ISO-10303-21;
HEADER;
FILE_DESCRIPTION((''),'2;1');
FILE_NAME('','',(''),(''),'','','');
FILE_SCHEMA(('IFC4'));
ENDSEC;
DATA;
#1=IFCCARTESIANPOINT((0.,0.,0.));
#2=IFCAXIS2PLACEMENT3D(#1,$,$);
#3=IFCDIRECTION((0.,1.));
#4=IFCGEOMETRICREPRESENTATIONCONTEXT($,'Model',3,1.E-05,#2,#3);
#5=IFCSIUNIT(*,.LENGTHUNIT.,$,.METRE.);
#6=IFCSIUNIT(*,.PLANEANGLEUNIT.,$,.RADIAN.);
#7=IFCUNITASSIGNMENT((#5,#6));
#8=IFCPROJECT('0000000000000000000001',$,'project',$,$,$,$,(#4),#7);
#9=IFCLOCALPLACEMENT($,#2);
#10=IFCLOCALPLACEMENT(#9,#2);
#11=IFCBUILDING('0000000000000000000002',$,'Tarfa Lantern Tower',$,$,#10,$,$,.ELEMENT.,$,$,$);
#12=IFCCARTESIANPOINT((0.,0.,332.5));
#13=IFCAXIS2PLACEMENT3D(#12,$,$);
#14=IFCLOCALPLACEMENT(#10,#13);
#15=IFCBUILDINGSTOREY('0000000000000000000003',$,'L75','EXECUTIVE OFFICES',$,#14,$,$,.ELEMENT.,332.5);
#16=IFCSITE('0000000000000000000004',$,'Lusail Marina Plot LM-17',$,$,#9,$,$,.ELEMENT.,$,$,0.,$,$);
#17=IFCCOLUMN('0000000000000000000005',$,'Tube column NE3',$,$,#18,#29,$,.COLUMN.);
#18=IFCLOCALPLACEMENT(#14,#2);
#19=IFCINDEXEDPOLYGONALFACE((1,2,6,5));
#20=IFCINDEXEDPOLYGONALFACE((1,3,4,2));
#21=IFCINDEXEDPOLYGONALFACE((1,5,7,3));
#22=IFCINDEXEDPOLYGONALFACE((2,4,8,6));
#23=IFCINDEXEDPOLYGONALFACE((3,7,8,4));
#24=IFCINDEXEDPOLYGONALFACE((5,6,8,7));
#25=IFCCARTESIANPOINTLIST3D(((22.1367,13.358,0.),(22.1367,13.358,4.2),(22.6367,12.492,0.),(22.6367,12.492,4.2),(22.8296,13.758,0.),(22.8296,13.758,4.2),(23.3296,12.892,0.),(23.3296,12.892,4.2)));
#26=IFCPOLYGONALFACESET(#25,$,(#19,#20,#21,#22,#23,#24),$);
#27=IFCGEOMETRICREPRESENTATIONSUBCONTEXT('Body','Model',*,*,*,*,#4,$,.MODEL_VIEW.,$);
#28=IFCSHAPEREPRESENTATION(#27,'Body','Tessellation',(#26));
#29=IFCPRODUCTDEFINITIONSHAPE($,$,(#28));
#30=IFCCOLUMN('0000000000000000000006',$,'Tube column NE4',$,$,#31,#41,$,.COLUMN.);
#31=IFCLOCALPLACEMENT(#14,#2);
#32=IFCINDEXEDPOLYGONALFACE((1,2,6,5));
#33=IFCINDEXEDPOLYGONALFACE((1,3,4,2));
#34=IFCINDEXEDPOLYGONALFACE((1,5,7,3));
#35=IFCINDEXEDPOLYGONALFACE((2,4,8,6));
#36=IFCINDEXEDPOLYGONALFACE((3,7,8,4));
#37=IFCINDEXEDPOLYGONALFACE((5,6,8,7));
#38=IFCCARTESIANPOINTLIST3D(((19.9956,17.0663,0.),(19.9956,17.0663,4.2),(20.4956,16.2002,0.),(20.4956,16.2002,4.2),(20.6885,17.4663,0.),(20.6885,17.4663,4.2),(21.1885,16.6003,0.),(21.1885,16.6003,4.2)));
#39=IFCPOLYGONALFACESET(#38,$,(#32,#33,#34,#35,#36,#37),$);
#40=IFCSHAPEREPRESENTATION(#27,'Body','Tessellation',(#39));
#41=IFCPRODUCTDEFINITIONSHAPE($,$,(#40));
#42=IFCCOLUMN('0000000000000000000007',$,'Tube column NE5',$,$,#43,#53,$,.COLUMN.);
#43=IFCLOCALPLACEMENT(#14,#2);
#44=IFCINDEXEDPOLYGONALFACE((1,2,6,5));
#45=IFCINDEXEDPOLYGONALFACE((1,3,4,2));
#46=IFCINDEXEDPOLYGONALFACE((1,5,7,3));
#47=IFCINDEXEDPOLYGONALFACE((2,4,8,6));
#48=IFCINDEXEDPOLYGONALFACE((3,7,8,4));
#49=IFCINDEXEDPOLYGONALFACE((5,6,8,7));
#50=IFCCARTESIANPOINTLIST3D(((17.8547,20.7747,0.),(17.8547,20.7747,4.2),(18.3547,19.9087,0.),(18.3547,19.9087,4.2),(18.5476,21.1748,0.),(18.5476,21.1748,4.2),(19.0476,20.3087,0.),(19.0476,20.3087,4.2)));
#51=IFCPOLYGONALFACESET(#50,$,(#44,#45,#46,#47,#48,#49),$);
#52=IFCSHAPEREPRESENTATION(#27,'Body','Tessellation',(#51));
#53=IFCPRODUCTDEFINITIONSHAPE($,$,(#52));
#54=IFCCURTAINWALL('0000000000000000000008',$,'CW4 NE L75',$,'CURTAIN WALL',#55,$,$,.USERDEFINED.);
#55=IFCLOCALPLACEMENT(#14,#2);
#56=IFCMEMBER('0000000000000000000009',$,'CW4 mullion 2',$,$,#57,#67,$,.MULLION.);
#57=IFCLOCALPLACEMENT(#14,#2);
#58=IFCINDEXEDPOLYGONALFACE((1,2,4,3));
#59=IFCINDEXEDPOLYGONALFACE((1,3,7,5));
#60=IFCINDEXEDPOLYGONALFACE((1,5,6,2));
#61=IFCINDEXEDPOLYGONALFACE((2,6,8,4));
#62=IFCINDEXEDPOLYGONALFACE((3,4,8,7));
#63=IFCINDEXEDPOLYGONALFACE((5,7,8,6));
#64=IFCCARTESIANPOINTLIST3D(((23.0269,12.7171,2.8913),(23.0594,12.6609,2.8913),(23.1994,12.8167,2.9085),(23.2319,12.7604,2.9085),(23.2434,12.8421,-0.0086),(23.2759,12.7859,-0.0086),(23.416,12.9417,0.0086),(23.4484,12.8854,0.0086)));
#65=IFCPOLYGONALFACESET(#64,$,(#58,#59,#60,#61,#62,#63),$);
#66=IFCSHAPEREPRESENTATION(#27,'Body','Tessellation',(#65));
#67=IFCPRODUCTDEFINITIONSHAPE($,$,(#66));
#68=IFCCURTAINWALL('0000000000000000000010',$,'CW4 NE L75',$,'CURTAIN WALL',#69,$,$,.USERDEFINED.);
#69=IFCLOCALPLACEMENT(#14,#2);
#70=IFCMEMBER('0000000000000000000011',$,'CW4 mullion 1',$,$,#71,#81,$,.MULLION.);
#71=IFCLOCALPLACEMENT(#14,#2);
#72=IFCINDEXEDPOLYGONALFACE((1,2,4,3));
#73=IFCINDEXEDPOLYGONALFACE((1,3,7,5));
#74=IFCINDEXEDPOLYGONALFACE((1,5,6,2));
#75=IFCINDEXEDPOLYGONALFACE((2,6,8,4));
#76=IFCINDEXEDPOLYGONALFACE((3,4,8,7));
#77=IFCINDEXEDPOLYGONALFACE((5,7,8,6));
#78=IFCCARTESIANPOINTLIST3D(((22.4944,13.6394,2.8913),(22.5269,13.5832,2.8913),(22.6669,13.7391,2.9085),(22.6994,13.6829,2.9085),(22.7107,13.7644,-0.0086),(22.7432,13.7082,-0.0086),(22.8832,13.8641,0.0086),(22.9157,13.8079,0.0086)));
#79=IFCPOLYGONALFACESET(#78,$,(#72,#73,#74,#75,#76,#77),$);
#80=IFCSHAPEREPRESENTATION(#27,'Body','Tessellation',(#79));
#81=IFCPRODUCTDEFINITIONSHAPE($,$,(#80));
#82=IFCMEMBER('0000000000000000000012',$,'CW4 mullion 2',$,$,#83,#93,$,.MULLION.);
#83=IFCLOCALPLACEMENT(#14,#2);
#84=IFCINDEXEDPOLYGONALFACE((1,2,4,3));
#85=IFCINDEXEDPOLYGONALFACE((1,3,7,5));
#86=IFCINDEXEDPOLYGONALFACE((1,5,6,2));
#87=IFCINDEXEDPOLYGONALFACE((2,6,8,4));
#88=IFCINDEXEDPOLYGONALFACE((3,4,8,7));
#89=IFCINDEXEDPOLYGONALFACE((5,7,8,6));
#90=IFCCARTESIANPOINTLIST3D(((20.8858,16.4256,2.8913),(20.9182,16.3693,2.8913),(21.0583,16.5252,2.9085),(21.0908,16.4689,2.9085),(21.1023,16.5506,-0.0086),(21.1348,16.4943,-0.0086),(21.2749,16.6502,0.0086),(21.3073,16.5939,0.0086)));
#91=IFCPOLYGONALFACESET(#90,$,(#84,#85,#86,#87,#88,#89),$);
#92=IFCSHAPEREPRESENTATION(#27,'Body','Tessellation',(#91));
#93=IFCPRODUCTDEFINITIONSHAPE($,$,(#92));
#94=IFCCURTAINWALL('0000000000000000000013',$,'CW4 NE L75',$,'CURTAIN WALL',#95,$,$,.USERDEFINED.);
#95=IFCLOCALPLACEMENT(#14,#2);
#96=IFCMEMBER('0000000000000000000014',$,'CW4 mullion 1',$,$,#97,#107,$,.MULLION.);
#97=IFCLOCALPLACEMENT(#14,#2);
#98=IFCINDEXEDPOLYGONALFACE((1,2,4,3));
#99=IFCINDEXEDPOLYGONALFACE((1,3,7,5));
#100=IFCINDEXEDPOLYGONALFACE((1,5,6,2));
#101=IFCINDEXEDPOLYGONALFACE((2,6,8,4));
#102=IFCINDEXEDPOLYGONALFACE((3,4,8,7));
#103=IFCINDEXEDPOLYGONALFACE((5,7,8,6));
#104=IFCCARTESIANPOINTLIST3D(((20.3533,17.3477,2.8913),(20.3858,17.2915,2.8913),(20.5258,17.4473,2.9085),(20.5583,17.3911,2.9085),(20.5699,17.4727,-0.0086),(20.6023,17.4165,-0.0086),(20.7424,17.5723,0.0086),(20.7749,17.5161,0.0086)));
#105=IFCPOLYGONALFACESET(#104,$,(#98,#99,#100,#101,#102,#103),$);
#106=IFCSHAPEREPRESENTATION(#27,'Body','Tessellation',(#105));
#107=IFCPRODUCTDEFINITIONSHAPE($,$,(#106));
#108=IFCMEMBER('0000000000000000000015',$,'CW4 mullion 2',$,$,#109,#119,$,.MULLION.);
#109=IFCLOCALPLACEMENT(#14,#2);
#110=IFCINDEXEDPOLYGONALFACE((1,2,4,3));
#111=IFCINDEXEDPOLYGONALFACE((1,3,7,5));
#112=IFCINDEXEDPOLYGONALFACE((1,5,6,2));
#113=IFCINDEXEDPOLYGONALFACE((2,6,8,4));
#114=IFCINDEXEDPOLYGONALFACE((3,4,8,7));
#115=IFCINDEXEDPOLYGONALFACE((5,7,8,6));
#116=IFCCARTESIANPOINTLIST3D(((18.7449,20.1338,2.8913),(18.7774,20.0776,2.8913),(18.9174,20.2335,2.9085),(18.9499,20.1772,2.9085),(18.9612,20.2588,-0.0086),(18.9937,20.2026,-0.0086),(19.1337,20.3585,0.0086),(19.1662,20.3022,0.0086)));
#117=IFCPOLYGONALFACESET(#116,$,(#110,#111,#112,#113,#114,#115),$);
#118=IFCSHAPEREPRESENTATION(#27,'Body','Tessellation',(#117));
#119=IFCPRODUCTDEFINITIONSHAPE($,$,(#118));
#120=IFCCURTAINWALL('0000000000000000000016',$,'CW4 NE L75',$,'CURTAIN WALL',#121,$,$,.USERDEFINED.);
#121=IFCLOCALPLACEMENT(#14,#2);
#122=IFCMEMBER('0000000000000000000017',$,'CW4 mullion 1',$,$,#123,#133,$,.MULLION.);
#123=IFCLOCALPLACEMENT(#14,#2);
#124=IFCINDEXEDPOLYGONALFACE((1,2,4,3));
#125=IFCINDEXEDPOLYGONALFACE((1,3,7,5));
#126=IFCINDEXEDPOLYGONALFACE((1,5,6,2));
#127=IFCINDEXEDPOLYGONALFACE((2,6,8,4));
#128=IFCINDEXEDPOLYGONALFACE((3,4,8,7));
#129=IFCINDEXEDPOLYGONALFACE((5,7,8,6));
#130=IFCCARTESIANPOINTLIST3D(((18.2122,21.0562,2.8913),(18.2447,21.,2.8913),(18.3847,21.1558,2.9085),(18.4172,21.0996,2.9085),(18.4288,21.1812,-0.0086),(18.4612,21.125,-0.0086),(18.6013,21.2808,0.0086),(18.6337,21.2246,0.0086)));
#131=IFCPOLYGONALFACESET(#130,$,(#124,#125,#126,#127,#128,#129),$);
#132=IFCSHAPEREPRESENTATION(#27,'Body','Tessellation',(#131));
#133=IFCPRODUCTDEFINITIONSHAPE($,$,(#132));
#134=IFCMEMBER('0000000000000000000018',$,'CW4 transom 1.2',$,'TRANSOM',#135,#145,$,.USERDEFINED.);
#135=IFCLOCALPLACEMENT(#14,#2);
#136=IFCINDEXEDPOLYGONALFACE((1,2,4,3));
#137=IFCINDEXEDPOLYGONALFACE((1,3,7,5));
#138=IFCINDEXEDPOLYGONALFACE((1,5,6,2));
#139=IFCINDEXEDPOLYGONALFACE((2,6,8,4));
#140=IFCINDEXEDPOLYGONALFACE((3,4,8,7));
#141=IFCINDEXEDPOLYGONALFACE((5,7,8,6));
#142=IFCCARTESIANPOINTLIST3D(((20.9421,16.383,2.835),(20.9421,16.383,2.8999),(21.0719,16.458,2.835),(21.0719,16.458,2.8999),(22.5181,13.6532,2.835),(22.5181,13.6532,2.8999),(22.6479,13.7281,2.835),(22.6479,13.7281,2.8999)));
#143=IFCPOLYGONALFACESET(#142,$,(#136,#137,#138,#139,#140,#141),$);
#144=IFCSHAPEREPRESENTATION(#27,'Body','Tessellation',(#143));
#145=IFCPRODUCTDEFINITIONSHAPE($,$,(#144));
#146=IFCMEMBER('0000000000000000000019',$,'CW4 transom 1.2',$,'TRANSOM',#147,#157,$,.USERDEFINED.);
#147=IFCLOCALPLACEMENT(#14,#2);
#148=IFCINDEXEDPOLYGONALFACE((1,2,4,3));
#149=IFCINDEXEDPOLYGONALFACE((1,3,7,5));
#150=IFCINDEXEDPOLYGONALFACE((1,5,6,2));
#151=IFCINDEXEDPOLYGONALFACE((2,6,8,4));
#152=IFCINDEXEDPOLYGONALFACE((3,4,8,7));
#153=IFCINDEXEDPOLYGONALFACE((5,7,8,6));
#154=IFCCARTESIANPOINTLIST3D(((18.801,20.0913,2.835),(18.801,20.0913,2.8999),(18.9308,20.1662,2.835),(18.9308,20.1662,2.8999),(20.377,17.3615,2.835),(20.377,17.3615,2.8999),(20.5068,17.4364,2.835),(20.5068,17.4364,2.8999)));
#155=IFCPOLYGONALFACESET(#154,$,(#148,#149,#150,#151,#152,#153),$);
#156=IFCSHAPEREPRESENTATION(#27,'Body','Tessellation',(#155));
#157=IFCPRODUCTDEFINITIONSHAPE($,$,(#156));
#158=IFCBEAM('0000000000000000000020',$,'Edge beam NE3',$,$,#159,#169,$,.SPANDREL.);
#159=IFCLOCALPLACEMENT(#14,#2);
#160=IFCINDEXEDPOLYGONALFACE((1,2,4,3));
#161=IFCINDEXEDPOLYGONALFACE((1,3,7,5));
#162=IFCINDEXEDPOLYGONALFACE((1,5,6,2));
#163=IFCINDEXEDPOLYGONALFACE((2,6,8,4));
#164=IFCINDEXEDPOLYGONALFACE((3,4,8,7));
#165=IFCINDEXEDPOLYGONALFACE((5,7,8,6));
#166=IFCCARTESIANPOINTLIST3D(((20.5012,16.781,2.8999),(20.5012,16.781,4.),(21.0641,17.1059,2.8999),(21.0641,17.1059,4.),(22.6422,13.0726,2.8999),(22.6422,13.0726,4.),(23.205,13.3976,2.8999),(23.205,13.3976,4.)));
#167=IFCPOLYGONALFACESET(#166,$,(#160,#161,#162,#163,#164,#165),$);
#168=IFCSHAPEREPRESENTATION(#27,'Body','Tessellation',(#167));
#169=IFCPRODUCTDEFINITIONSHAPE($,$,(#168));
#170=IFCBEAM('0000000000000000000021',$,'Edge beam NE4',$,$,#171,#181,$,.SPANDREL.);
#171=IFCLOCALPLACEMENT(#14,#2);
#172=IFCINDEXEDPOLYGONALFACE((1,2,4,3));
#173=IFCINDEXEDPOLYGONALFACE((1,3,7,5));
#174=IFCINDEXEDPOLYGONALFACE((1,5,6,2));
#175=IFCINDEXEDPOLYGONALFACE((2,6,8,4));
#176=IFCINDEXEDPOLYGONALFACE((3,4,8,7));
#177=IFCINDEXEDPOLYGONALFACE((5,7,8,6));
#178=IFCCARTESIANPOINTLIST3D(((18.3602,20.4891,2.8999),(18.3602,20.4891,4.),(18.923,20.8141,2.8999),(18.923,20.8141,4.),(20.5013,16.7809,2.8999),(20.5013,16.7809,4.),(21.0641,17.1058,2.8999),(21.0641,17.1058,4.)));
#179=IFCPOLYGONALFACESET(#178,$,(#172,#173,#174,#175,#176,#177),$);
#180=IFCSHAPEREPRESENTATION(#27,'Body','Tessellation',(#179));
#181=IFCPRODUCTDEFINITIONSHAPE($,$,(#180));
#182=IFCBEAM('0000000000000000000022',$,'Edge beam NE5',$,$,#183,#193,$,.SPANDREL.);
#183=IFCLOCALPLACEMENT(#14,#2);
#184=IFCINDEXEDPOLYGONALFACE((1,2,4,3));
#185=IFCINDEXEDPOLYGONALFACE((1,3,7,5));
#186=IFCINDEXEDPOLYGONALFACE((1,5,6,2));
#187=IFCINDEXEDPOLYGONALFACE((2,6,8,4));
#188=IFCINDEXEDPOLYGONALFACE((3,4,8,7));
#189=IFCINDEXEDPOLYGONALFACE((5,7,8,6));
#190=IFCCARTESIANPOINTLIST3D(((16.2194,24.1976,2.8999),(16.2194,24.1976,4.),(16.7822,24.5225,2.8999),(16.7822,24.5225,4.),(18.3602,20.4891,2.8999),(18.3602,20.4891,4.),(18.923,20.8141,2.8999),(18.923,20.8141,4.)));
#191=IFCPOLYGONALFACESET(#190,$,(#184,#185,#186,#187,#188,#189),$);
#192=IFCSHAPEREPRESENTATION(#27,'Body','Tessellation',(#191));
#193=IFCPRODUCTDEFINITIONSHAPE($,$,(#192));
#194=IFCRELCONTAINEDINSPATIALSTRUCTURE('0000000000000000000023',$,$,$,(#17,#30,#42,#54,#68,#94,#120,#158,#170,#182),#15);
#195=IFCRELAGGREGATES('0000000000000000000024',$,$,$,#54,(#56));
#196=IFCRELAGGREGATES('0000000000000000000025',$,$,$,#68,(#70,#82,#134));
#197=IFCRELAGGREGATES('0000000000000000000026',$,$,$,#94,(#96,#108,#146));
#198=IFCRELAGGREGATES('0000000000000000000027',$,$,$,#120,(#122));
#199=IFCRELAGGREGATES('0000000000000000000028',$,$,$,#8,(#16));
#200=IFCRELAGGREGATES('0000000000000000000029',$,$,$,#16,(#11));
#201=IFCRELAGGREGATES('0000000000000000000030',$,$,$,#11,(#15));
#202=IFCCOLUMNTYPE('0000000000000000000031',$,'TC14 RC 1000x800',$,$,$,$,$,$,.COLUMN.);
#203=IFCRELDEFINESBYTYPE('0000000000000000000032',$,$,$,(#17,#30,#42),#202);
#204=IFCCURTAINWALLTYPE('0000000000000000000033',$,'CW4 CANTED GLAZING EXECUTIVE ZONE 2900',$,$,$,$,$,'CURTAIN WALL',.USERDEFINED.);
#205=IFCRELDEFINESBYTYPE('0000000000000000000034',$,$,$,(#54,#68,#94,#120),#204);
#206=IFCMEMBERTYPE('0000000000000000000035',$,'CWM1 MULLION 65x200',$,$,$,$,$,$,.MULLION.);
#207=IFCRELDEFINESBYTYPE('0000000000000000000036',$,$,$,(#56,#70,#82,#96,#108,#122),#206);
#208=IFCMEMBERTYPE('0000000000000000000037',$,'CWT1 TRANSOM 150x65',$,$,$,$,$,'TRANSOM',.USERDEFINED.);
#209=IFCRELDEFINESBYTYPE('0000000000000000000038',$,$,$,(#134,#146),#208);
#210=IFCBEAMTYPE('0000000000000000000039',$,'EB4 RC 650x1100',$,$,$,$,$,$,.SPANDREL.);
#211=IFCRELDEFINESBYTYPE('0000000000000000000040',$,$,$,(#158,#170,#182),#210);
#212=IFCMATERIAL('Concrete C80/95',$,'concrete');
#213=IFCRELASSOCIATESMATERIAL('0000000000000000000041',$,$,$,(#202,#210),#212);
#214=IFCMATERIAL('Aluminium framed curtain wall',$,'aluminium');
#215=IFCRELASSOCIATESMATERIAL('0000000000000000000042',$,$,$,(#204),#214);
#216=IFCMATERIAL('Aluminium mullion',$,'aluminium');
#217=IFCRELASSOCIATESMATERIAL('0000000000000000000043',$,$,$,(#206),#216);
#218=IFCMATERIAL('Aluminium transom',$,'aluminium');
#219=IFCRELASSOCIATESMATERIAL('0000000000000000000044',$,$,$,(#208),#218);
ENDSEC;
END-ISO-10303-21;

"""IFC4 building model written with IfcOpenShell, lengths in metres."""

from ifc_helpers import new_model, si_unit, direction, frame, origin, origin_2d, place, context, subcontext, project, spatial, rectangle, extrude, material, material_profile, profile_set, type_object, element, aggregate, save


model = new_model("IFC4")

# Units and contexts
model_context = context("Model", 3, precision=1e-05, world=origin(), true_north=direction((0.0, 1.0)))
body_context = subcontext(model_context, "Body", "Model", "MODEL_VIEW")
ifc_project = project(units=[si_unit("LENGTHUNIT", "METRE"), si_unit("PLANEANGLEUNIT", "RADIAN")], contexts=[model_context])

# Site, building, storey
site_placement = place(None, origin())
site = spatial("IfcSite", under=ifc_project, at=site_placement, Name="Lusail Marina Plot LM-17", CompositionType="ELEMENT", RefElevation=0.0)
building_placement = place(site_placement, origin())
building = spatial("IfcBuilding", under=site, at=building_placement, Name="Tarfa Lantern Tower", CompositionType="ELEMENT")
storey_placement = place(building_placement, frame((0.0, 0.0, 332.5)))
storey = spatial("IfcBuildingStorey", under=building, at=storey_placement, Name="L75", Description="EXECUTIVE OFFICES", CompositionType="ELEMENT", Elevation=332.5)

# Columns
ifc_material_1 = material(Name="Concrete C80/95", Category="concrete")
ifc_material_profile_1 = material_profile(ifc_material_1, rectangle(XDim=1.0, YDim=0.8, at=origin_2d()), Name="RC 1000x800")
ifc_profile_set_1 = profile_set([ifc_material_profile_1], Name="Concrete C80/95")
column_type = type_object("IfcColumnType", Name="TC14 RC 1000x800", PredefinedType="COLUMN", material=ifc_profile_set_1)
for number, where, z_axis, x_axis, name in (
    (1, (22.7332, 13.125, 0.0), (0.0, 0.0, 1.0), (-0.5, 0.866025, 0.0), "Tube column NE3"),
    (2, (20.592, 16.8333, 0.0), (0.0, 0.0, 1.0), (-0.5, 0.866025, 0.0), "Tube column NE4"),
    (3, (18.4512, 20.5417, 0.0), (0.0, 0.0, 1.0), (-0.5, 0.866025, 0.0), "Tube column NE5"),
):
    element("IfcColumn", number, at=place(storey_placement, frame(where, z_axis=z_axis, x_axis=x_axis)), inside=storey, type_object=column_type, Name=name, PredefinedType="COLUMN", context=body_context, shape_type="SweptSolid", body=[
        extrude(rectangle(XDim=1.0, YDim=0.8, at=origin_2d()), origin(), (0.0, 0.0, 1.0), 4.2),
    ])

# Curtain wall, member
ifc_material_2 = material(Name="Aluminium framed curtain wall", Category="aluminium")
curtain_wall_type = type_object("IfcCurtainWallType", Name="CW4 CANTED GLAZING EXECUTIVE ZONE 2900", ElementType="CURTAIN WALL", PredefinedType="USERDEFINED", material=ifc_material_2)
curtain_wall_1_placement = place(storey_placement, origin())
curtain_wall_1 = element("IfcCurtainWall", 4, at=curtain_wall_1_placement, inside=storey, type_object=curtain_wall_type, Name="CW4 NE L75", ObjectType="CURTAIN WALL", PredefinedType="USERDEFINED")
ifc_material_3 = material(Name="Aluminium mullion", Category="aluminium")
ifc_material_profile_2 = material_profile(ifc_material_3, rectangle(XDim=0.0649, YDim=0.2, at=origin_2d()), Name="AL MULLION 65x200")
ifc_profile_set_2 = profile_set([ifc_material_profile_2], Name="Aluminium mullion")
member_type_1 = type_object("IfcMemberType", Name="CWM1 MULLION 65x200", PredefinedType="MULLION", material=ifc_profile_set_2)
member_1_placement = place(storey_placement, frame((23.3459, 12.8638, 0.0), z_axis=(-0.0744, -0.042946, 0.996303), x_axis=(0.49992, -0.866072, 0.0)))
member_1 = element("IfcMember", 5, at=member_1_placement, type_object=member_type_1, Name="CW4 mullion 2", PredefinedType="MULLION", context=body_context, shape_type="SweptSolid", body=[
    extrude(rectangle(XDim=0.0649, YDim=0.2, at=origin_2d()), origin(), (0.0, 0.0, 1.0), 2.9106),
])
aggregate(curtain_wall_1, [member_1])

# Curtain walls, members
curtain_wall_2_placement = place(storey_placement, origin())
curtain_wall_2 = element("IfcCurtainWall", 6, at=curtain_wall_2_placement, inside=storey, type_object=curtain_wall_type, Name="CW4 NE L75", ObjectType="CURTAIN WALL", PredefinedType="USERDEFINED")
member_2_placement = place(storey_placement, frame((22.8132, 13.7861, 0.0), z_axis=(-0.074316, -0.042946, 0.99631), x_axis=(0.500343, -0.865827, 0.0)))
member_2 = element("IfcMember", 7, at=member_2_placement, type_object=member_type_1, Name="CW4 mullion 1", PredefinedType="MULLION", context=body_context, shape_type="SweptSolid", body=[
    extrude(rectangle(XDim=0.0649, YDim=0.2, at=origin_2d()), origin(), (0.0, 0.0, 1.0), 2.9106),
])
member_3_placement = place(storey_placement, frame((21.2048, 16.5723, 0.0), z_axis=(-0.0744, -0.042946, 0.996303), x_axis=(0.49992, -0.866072, 0.0)))
member_3 = element("IfcMember", 8, at=member_3_placement, type_object=member_type_1, Name="CW4 mullion 2", PredefinedType="MULLION", context=body_context, shape_type="SweptSolid", body=[
    extrude(rectangle(XDim=0.0649, YDim=0.2, at=origin_2d()), origin(), (0.0, 0.0, 1.0), 2.9106),
])
curtain_wall_3_placement = place(storey_placement, origin())
curtain_wall_3 = element("IfcCurtainWall", 9, at=curtain_wall_3_placement, inside=storey, type_object=curtain_wall_type, Name="CW4 NE L75", ObjectType="CURTAIN WALL", PredefinedType="USERDEFINED")
member_4_placement = place(storey_placement, frame((20.6724, 17.4944, 0.0), z_axis=(-0.0744, -0.042946, 0.996303), x_axis=(0.49992, -0.866072, 0.0)))
member_4 = element("IfcMember", 10, at=member_4_placement, type_object=member_type_1, Name="CW4 mullion 1", PredefinedType="MULLION", context=body_context, shape_type="SweptSolid", body=[
    extrude(rectangle(XDim=0.0649, YDim=0.2, at=origin_2d()), origin(), (0.0, 0.0, 1.0), 2.9106),
])
member_5_placement = place(storey_placement, frame((19.0637, 20.2805, 0.0), z_axis=(-0.074316, -0.042946, 0.99631), x_axis=(0.500343, -0.865827, 0.0)))
member_5 = element("IfcMember", 11, at=member_5_placement, type_object=member_type_1, Name="CW4 mullion 2", PredefinedType="MULLION", context=body_context, shape_type="SweptSolid", body=[
    extrude(rectangle(XDim=0.0649, YDim=0.2, at=origin_2d()), origin(), (0.0, 0.0, 1.0), 2.9106),
])

# Curtain wall, member
curtain_wall_4_placement = place(storey_placement, origin())
curtain_wall_4 = element("IfcCurtainWall", 12, at=curtain_wall_4_placement, inside=storey, type_object=curtain_wall_type, Name="CW4 NE L75", ObjectType="CURTAIN WALL", PredefinedType="USERDEFINED")
member_6_placement = place(storey_placement, frame((18.5312, 21.2029, 0.0), z_axis=(-0.0744, -0.042946, 0.996303), x_axis=(0.49992, -0.866072, 0.0)))
member_6 = element("IfcMember", 13, at=member_6_placement, type_object=member_type_1, Name="CW4 mullion 1", PredefinedType="MULLION", context=body_context, shape_type="SweptSolid", body=[
    extrude(rectangle(XDim=0.0649, YDim=0.2, at=origin_2d()), origin(), (0.0, 0.0, 1.0), 2.9106),
])

# Members
ifc_material_4 = material(Name="Aluminium transom", Category="aluminium")
ifc_material_profile_3 = material_profile(ifc_material_4, rectangle(XDim=0.1499, YDim=0.0649, at=origin_2d()), Name="AL TRANSOM 150x65")
ifc_profile_set_3 = profile_set([ifc_material_profile_3], Name="Aluminium transom")
member_type_2 = type_object("IfcMemberType", Name="CWT1 TRANSOM 150x65", ElementType="TRANSOM", PredefinedType="USERDEFINED", material=ifc_profile_set_3)
member_7_placement = place(storey_placement, frame((22.583, 13.6907, 2.8674), z_axis=(-0.499979, 0.866037, 0.0), x_axis=(-0.866037, -0.499979, 0.0)))
member_7 = element("IfcMember", 14, at=member_7_placement, type_object=member_type_2, Name="CW4 transom 1.2", ObjectType="TRANSOM", PredefinedType="USERDEFINED", context=body_context, shape_type="SweptSolid", body=[
    extrude(rectangle(XDim=0.1499, YDim=0.0649, at=origin_2d()), origin(), (0.0, 0.0, 1.0), 3.1521),
])
member_8_placement = place(storey_placement, frame((20.4419, 17.3989, 2.8674), z_axis=(-0.499979, 0.866037, 0.0), x_axis=(-0.866037, -0.499979, 0.0)))
member_8 = element("IfcMember", 15, at=member_8_placement, type_object=member_type_2, Name="CW4 transom 1.2", ObjectType="TRANSOM", PredefinedType="USERDEFINED", context=body_context, shape_type="SweptSolid", body=[
    extrude(rectangle(XDim=0.1499, YDim=0.0649, at=origin_2d()), origin(), (0.0, 0.0, 1.0), 3.1521),
])

# Beams
ifc_material_profile_4 = material_profile(ifc_material_1, rectangle(XDim=0.6499, YDim=1.1001, at=origin_2d()), Name="RC 650x1100")
ifc_profile_set_4 = profile_set([ifc_material_profile_4], Name="Concrete C80/95")
beam_type_1 = type_object("IfcBeamType", Name="EB4 RC 650x1100", PredefinedType="SPANDREL", material=ifc_profile_set_4)
for number, where, z_axis, x_axis, name in (
    (16, (22.9236, 13.2351, 3.45), (-0.499984, 0.866035, 0.0), (-0.866035, -0.499984, 0.0), "Edge beam NE3"),
    (17, (20.7827, 16.9434, 3.45), (-0.500027, 0.86601, 0.0), (-0.86601, -0.500027, 0.0), "Edge beam NE4"),
    (18, (18.6416, 20.6516, 3.45), (-0.499959, 0.866049, 0.0), (-0.866049, -0.499959, 0.0), "Edge beam NE5"),
):
    element("IfcBeam", number, at=place(storey_placement, frame(where, z_axis=z_axis, x_axis=x_axis)), inside=storey, type_object=beam_type_1, Name=name, PredefinedType="SPANDREL", context=body_context, shape_type="SweptSolid", body=[
        extrude(rectangle(XDim=0.6499, YDim=1.1001, at=origin_2d()), origin(), (0.0, 0.0, 1.0), 4.282),
    ])

aggregate(curtain_wall_2, [member_2, member_3, member_7])
aggregate(curtain_wall_3, [member_4, member_5, member_8])
aggregate(curtain_wall_4, [member_6])

save(model, "model.ifc")
